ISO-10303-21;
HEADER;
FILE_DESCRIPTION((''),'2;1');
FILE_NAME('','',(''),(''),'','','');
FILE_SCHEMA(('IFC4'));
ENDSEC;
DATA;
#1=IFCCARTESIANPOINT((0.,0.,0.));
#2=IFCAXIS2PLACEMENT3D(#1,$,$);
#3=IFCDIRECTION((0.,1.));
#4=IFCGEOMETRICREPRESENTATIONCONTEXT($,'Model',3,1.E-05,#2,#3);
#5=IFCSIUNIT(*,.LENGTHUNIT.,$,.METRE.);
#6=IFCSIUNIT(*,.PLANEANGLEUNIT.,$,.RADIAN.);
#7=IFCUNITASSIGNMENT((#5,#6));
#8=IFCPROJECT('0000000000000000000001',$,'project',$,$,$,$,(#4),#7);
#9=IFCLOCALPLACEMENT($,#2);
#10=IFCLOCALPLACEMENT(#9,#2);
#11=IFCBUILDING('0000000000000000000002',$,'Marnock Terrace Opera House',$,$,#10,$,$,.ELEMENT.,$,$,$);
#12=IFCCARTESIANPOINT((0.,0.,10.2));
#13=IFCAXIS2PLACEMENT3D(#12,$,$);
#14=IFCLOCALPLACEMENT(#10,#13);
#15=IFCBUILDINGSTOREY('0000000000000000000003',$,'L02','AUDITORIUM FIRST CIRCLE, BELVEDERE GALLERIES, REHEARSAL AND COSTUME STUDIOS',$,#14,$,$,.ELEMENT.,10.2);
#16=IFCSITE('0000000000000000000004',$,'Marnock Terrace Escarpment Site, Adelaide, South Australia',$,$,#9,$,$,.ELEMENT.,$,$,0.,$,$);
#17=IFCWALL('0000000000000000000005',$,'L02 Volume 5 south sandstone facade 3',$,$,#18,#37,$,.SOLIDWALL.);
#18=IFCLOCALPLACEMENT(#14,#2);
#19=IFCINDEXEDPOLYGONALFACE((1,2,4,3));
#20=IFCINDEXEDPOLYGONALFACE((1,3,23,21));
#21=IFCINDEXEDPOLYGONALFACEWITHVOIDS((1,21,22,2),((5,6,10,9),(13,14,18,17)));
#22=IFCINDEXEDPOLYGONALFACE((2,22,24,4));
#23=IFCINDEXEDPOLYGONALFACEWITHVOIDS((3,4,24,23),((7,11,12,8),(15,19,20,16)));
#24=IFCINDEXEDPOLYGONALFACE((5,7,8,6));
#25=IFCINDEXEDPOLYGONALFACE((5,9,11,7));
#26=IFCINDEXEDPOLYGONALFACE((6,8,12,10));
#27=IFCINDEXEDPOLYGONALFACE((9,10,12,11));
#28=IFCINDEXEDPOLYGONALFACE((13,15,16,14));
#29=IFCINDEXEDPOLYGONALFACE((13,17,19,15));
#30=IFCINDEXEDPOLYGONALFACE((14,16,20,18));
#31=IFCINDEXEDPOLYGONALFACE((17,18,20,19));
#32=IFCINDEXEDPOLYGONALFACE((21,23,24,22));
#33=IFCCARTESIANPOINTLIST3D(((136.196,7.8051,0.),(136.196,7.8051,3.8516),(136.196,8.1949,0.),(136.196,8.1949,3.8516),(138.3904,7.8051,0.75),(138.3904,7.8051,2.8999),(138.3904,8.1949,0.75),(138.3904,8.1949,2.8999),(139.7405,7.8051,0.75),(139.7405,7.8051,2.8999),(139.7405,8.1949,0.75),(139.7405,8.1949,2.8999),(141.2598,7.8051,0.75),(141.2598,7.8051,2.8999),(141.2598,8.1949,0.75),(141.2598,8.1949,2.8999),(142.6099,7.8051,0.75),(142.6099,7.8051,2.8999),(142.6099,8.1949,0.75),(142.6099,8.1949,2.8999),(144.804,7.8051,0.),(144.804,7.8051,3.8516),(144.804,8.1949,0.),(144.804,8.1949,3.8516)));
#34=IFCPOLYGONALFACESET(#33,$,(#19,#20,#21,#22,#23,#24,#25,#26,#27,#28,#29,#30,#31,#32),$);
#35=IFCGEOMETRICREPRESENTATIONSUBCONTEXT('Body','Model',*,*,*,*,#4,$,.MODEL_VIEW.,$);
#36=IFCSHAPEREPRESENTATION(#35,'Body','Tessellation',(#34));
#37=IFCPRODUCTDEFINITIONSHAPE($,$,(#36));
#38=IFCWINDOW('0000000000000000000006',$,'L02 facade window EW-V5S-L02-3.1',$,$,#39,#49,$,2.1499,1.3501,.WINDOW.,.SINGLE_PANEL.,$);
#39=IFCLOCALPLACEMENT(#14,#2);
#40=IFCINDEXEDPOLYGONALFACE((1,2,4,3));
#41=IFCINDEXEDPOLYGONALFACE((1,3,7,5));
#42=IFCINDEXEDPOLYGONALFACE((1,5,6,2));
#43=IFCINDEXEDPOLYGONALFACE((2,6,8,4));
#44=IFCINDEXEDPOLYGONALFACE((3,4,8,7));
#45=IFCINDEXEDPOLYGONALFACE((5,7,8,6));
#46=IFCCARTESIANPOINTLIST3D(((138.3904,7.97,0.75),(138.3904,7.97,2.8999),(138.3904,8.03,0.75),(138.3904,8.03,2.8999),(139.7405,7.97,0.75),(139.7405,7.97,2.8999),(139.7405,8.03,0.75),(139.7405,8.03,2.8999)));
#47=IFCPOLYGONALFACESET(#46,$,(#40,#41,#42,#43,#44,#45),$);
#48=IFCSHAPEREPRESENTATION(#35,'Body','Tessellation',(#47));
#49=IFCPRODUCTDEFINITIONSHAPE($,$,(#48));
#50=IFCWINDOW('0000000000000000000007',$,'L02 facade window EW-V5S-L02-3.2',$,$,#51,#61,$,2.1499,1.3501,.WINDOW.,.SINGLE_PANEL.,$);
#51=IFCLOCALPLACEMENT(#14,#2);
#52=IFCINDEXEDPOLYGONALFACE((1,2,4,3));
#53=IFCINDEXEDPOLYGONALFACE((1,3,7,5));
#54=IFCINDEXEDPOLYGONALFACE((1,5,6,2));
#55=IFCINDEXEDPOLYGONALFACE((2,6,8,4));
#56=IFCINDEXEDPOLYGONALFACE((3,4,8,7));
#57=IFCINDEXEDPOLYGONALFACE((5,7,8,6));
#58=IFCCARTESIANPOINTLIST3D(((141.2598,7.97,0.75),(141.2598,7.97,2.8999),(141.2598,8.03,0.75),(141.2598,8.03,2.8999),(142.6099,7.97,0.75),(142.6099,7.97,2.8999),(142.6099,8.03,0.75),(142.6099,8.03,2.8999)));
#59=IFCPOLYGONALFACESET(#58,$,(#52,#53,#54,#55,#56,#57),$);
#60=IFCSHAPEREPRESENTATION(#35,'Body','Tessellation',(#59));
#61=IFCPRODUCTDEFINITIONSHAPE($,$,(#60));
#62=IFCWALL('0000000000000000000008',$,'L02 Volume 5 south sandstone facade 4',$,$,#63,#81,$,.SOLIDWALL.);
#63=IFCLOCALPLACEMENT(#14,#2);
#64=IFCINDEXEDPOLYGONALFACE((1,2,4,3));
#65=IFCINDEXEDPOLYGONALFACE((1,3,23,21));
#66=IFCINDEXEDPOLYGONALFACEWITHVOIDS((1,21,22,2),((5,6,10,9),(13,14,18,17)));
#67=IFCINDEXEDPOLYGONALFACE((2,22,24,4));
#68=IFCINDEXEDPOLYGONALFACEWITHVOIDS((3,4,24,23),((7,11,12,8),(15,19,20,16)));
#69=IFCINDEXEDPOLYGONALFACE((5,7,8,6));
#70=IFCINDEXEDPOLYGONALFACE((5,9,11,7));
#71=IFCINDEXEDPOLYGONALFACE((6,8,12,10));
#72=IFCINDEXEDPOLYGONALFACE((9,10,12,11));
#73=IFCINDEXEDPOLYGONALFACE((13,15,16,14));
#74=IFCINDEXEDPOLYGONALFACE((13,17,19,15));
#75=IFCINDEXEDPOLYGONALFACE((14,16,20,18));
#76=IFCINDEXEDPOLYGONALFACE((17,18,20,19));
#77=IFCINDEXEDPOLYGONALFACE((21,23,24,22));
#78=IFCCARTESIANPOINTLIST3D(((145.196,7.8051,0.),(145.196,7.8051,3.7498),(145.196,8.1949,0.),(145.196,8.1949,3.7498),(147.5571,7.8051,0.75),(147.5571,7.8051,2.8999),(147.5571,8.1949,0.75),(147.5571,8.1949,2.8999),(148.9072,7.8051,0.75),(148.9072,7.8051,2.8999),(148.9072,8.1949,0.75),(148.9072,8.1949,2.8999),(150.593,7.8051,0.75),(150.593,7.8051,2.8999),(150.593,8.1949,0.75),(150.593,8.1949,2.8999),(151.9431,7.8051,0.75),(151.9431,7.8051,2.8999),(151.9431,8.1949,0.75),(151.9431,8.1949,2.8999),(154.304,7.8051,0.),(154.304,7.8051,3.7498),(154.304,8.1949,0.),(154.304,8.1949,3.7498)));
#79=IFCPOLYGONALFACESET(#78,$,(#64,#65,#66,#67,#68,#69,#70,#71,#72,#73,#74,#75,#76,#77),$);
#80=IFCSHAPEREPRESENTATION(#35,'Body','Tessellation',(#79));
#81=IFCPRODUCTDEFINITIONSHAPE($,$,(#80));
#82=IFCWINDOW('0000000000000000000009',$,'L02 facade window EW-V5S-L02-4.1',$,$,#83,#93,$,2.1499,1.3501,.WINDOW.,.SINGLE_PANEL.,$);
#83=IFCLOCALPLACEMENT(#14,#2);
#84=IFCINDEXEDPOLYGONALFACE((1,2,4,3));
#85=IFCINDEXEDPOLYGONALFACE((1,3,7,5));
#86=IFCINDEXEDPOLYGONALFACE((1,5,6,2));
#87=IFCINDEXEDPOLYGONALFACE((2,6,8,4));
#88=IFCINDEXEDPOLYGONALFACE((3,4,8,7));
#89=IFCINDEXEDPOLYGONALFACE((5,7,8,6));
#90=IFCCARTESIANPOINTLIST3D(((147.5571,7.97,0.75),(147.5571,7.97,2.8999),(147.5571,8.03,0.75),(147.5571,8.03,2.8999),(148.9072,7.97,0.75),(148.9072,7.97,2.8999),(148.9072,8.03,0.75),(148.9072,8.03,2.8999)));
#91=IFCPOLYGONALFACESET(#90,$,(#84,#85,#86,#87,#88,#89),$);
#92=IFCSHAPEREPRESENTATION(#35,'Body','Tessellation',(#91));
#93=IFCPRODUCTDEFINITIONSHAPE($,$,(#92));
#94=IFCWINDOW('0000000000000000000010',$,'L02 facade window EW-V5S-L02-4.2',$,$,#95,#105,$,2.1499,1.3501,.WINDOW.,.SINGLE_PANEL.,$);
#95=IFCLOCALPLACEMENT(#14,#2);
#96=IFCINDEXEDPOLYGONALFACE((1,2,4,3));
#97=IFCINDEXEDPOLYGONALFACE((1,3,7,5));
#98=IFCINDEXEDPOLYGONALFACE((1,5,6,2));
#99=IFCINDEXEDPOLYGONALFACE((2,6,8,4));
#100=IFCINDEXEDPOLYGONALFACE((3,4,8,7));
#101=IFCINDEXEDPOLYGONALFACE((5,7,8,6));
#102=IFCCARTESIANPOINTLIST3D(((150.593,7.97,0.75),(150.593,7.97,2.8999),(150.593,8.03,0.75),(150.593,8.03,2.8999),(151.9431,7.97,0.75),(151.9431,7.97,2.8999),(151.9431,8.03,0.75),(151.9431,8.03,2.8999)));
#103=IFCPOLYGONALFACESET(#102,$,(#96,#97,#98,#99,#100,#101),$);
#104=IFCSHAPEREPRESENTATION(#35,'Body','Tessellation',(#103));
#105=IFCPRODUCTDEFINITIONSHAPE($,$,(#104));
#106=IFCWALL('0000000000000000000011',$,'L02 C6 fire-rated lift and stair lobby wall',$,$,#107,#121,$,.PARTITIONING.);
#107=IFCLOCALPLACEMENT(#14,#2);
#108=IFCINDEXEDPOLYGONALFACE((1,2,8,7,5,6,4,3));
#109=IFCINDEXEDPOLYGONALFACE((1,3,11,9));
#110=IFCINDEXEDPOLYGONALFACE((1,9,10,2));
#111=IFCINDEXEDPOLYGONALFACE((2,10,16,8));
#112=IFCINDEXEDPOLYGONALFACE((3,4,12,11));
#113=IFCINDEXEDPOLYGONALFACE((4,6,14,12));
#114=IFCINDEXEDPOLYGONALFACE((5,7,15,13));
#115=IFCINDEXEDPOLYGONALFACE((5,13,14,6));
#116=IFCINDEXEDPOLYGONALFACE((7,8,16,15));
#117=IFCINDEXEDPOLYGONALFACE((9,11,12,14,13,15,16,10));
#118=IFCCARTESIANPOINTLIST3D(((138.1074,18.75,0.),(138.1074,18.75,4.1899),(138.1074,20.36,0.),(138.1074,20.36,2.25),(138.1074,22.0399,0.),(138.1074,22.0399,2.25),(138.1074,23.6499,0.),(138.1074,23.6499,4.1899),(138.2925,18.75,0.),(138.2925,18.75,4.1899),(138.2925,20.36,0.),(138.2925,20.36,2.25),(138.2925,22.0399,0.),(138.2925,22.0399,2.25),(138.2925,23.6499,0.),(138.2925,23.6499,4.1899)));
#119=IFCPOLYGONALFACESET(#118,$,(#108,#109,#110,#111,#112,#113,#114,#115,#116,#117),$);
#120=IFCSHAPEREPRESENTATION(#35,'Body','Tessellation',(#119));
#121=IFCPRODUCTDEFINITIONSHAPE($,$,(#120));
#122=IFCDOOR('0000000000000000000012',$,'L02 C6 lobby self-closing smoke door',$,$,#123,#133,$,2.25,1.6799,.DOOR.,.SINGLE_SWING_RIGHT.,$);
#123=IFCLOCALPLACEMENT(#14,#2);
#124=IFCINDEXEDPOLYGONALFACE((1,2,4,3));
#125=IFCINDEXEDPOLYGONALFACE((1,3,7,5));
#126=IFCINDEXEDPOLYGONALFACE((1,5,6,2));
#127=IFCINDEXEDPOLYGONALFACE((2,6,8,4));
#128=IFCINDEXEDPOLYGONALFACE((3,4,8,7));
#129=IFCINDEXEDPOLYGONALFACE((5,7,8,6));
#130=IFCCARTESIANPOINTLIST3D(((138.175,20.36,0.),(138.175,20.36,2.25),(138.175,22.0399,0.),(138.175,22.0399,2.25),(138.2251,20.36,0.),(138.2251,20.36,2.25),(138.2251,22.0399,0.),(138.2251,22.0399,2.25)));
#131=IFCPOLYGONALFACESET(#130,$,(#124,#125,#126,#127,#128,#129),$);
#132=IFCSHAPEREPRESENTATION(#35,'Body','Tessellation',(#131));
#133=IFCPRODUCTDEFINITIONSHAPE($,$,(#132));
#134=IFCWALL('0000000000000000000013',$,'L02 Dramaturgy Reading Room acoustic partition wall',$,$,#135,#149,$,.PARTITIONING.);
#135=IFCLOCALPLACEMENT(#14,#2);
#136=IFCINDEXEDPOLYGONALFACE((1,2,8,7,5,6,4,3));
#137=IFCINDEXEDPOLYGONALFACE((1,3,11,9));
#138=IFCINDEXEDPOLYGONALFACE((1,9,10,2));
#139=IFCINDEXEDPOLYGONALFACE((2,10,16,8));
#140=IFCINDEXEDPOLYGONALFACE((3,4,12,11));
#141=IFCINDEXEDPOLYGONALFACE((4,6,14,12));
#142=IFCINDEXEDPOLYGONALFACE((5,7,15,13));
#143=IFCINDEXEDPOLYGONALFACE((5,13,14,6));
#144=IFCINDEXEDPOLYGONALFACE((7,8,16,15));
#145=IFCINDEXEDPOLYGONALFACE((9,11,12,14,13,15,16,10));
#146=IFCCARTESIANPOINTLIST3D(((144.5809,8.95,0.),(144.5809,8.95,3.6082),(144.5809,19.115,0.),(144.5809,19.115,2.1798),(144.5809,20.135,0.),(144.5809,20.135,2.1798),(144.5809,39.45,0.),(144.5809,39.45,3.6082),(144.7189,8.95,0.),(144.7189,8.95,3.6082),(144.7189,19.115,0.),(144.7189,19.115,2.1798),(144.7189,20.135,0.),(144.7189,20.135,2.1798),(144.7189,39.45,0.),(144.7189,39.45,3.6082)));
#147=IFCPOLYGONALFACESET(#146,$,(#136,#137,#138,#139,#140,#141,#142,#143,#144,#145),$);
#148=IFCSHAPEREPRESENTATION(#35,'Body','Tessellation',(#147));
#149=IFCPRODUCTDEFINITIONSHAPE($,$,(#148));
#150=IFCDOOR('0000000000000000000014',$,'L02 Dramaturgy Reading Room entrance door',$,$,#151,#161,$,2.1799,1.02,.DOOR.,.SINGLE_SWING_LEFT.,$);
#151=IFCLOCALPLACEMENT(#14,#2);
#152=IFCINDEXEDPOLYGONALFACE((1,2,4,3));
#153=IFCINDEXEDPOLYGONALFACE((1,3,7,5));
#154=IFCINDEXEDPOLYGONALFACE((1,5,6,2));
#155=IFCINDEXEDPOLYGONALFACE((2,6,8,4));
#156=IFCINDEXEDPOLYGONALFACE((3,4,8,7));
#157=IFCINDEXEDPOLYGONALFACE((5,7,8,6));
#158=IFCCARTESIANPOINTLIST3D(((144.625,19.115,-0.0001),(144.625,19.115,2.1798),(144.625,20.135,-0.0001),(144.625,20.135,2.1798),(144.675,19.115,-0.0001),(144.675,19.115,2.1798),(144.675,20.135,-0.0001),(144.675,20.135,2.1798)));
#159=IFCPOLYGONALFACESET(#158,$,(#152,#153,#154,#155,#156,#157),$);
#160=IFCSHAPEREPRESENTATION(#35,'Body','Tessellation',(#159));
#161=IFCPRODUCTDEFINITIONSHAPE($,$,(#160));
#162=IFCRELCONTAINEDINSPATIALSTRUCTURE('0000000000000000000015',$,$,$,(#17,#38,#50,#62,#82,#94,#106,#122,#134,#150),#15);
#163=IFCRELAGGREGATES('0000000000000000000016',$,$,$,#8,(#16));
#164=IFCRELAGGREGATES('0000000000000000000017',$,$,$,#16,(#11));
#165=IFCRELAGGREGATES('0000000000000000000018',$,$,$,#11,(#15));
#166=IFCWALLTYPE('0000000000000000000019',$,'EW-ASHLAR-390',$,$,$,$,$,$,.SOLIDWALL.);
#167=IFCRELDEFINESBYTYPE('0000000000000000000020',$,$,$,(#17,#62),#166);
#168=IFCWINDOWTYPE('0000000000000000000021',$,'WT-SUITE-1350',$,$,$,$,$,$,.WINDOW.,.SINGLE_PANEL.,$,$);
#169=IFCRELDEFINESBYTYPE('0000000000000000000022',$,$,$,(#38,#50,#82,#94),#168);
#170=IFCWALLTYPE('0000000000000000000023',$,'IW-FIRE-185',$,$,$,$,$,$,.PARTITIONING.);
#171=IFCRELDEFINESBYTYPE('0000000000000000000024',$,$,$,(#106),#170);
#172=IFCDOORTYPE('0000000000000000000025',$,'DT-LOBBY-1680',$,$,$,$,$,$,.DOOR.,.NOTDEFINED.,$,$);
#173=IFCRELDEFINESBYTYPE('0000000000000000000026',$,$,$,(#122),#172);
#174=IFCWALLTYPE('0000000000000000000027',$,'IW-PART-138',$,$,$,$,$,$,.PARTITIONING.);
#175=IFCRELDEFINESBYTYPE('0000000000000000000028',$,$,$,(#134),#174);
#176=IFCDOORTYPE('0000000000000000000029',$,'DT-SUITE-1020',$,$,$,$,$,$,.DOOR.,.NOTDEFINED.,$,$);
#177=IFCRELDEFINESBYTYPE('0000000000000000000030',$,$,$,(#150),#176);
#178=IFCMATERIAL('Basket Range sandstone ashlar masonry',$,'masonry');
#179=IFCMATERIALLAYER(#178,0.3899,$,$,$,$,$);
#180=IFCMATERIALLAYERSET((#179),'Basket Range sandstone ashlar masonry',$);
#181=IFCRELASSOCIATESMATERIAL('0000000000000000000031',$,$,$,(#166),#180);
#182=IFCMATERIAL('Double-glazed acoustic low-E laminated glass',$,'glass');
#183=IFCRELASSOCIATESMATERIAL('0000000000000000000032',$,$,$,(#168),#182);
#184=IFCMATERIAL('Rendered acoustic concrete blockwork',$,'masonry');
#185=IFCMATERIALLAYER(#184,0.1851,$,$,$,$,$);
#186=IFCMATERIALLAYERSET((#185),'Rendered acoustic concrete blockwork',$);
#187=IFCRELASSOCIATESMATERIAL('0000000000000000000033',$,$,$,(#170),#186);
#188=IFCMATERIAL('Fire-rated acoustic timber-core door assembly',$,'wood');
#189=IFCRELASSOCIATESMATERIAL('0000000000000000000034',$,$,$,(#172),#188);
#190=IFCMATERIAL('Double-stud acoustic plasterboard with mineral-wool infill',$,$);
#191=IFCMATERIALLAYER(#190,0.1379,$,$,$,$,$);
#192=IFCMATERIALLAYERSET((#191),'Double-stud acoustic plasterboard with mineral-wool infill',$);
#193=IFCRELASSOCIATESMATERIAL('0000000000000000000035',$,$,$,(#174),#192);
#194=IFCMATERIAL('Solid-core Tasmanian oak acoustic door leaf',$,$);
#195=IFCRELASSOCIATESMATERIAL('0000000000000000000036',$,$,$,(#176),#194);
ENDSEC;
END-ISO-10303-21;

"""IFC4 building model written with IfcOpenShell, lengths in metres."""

from ifc_helpers import new_model, si_unit, direction, frame, frame_2d, origin, place, context, subcontext, project, spatial, rectangle, extrude, material, layer, layer_set, type_object, element, fill, save


model = new_model("IFC4")

# Units and contexts
model_context = context("Model", 3, precision=1e-05, world=origin(), true_north=direction((0.0, 1.0)))
body_context = subcontext(model_context, "Body", "Model", "MODEL_VIEW")
ifc_project = project(units=[si_unit("LENGTHUNIT", "METRE"), si_unit("PLANEANGLEUNIT", "RADIAN")], contexts=[model_context])

# Site, building, storey
site_placement = place(None, origin())
site = spatial("IfcSite", under=ifc_project, at=site_placement, Name="Marnock Terrace Escarpment Site, Adelaide, South Australia", CompositionType="ELEMENT", RefElevation=0.0)
building_placement = place(site_placement, origin())
building = spatial("IfcBuilding", under=site, at=building_placement, Name="Marnock Terrace Opera House", CompositionType="ELEMENT")
storey_placement = place(building_placement, frame((0.0, 0.0, 10.2)))
storey = spatial("IfcBuildingStorey", under=building, at=storey_placement, Name="L02", Description="AUDITORIUM FIRST CIRCLE, BELVEDERE GALLERIES, REHEARSAL AND COSTUME STUDIOS", CompositionType="ELEMENT", Elevation=10.2)

# Walls, openings, windows
ifc_material_1 = material(Name="Basket Range sandstone ashlar masonry", Category="masonry")
ifc_layer_1 = layer(ifc_material_1, 0.3899)
ifc_layer_set_1 = layer_set([ifc_layer_1], Name="Basket Range sandstone ashlar masonry")
wall_type_1 = type_object("IfcWallType", Name="EW-ASHLAR-390", PredefinedType="SOLIDWALL", material=ifc_layer_set_1)
wall_1_placement = place(storey_placement, frame((136.196, 8.0, 0.0), z_axis=(0.0, 0.0, 1.0), x_axis=(1.0, 0.0, 0.0)))
wall_1 = element("IfcWall", 1, at=wall_1_placement, inside=storey, type_object=wall_type_1, Name="L02 Volume 5 south sandstone facade 3", PredefinedType="SOLIDWALL", context=body_context, shape_type="SweptSolid", body=[
    extrude(rectangle(XDim=8.6079, YDim=0.3899, at=frame_2d((4.304, 0.0))), origin(), (0.0, 0.0, 1.0), 3.8516),
])
opening_1_placement = place(wall_1_placement, frame((2.1943, 0.0, 0.75)))
opening_1 = element("IfcOpeningElement", 2, at=opening_1_placement, cuts=wall_1, PredefinedType="OPENING", context=body_context, shape_type="SweptSolid", body=[
    extrude(rectangle(XDim=1.3501, YDim=2.1499, at=frame_2d((0.675, 1.075))), frame((0.0, 0.2048, 0.0), z_axis=(0.0, -1.0, 0.0), x_axis=(1.0, 0.0, 0.0)), (0.0, 0.0, 1.0), 0.4099),
])
opening_2_placement = place(wall_1_placement, frame((5.0637, 0.0, 0.75)))
opening_2 = element("IfcOpeningElement", 3, at=opening_2_placement, cuts=wall_1, PredefinedType="OPENING", context=body_context, shape_type="SweptSolid", body=[
    extrude(rectangle(XDim=1.3501, YDim=2.1499, at=frame_2d((0.675, 1.075))), frame((0.0, 0.2048, 0.0), z_axis=(0.0, -1.0, 0.0), x_axis=(1.0, 0.0, 0.0)), (0.0, 0.0, 1.0), 0.4099),
])
ifc_material_2 = material(Name="Double-glazed acoustic low-E laminated glass", Category="glass")
window_type = type_object("IfcWindowType", Name="WT-SUITE-1350", PartitioningType="SINGLE_PANEL", PredefinedType="WINDOW", material=ifc_material_2)
window_1_placement = place(opening_1_placement, origin())
window_1 = element("IfcWindow", 4, at=window_1_placement, inside=storey, type_object=window_type, Name="L02 facade window EW-V5S-L02-3.1", OverallHeight=2.1499, OverallWidth=1.3501, PartitioningType="SINGLE_PANEL", PredefinedType="WINDOW", context=body_context, shape_type="SweptSolid", body=[
    extrude(rectangle(XDim=1.3501, YDim=2.1499, at=frame_2d((0.675, 1.075))), frame((0.0, 0.03, 0.0), z_axis=(0.0, -1.0, 0.0), x_axis=(1.0, 0.0, 0.0)), (0.0, 0.0, 1.0), 0.0601),
])
fill(opening_1, window_1)
window_2_placement = place(opening_2_placement, origin())
window_2 = element("IfcWindow", 5, at=window_2_placement, inside=storey, type_object=window_type, Name="L02 facade window EW-V5S-L02-3.2", OverallHeight=2.1499, OverallWidth=1.3501, PartitioningType="SINGLE_PANEL", PredefinedType="WINDOW", context=body_context, shape_type="SweptSolid", body=[
    extrude(rectangle(XDim=1.3501, YDim=2.1499, at=frame_2d((0.675, 1.075))), frame((0.0, 0.03, 0.0), z_axis=(0.0, -1.0, 0.0), x_axis=(1.0, 0.0, 0.0)), (0.0, 0.0, 1.0), 0.0601),
])
fill(opening_2, window_2)
wall_2_placement = place(storey_placement, frame((145.196, 8.0, 0.0), z_axis=(0.0, 0.0, 1.0), x_axis=(1.0, 0.0, 0.0)))
wall_2 = element("IfcWall", 6, at=wall_2_placement, inside=storey, type_object=wall_type_1, Name="L02 Volume 5 south sandstone facade 4", PredefinedType="SOLIDWALL", context=body_context, shape_type="SweptSolid", body=[
    extrude(rectangle(XDim=9.1079, YDim=0.3899, at=frame_2d((4.554, 0.0))), origin(), (0.0, 0.0, 1.0), 3.7498),
])
opening_3_placement = place(wall_2_placement, frame((2.3611, 0.0, 0.75)))
opening_3 = element("IfcOpeningElement", 7, at=opening_3_placement, cuts=wall_2, PredefinedType="OPENING", context=body_context, shape_type="SweptSolid", body=[
    extrude(rectangle(XDim=1.3501, YDim=2.1499, at=frame_2d((0.675, 1.075))), frame((0.0, 0.2048, 0.0), z_axis=(0.0, -1.0, 0.0), x_axis=(1.0, 0.0, 0.0)), (0.0, 0.0, 1.0), 0.4099),
])
opening_4_placement = place(wall_2_placement, frame((5.397, 0.0, 0.75)))
opening_4 = element("IfcOpeningElement", 8, at=opening_4_placement, cuts=wall_2, PredefinedType="OPENING", context=body_context, shape_type="SweptSolid", body=[
    extrude(rectangle(XDim=1.3501, YDim=2.1499, at=frame_2d((0.675, 1.075))), frame((0.0, 0.2048, 0.0), z_axis=(0.0, -1.0, 0.0), x_axis=(1.0, 0.0, 0.0)), (0.0, 0.0, 1.0), 0.4099),
])
window_3_placement = place(opening_3_placement, origin())
window_3 = element("IfcWindow", 9, at=window_3_placement, inside=storey, type_object=window_type, Name="L02 facade window EW-V5S-L02-4.1", OverallHeight=2.1499, OverallWidth=1.3501, PartitioningType="SINGLE_PANEL", PredefinedType="WINDOW", context=body_context, shape_type="SweptSolid", body=[
    extrude(rectangle(XDim=1.3501, YDim=2.1499, at=frame_2d((0.675, 1.075))), frame((0.0, 0.03, 0.0), z_axis=(0.0, -1.0, 0.0), x_axis=(1.0, 0.0, 0.0)), (0.0, 0.0, 1.0), 0.0601),
])
fill(opening_3, window_3)
window_4_placement = place(opening_4_placement, origin())
window_4 = element("IfcWindow", 10, at=window_4_placement, inside=storey, type_object=window_type, Name="L02 facade window EW-V5S-L02-4.2", OverallHeight=2.1499, OverallWidth=1.3501, PartitioningType="SINGLE_PANEL", PredefinedType="WINDOW", context=body_context, shape_type="SweptSolid", body=[
    extrude(rectangle(XDim=1.3501, YDim=2.1499, at=frame_2d((0.675, 1.075))), frame((0.0, 0.03, 0.0), z_axis=(0.0, -1.0, 0.0), x_axis=(1.0, 0.0, 0.0)), (0.0, 0.0, 1.0), 0.0601),
])
fill(opening_4, window_4)

# Walls, openings, doors
ifc_material_3 = material(Name="Rendered acoustic concrete blockwork", Category="masonry")
ifc_layer_2 = layer(ifc_material_3, 0.1851)
ifc_layer_set_2 = layer_set([ifc_layer_2], Name="Rendered acoustic concrete blockwork")
wall_type_2 = type_object("IfcWallType", Name="IW-FIRE-185", PredefinedType="PARTITIONING", material=ifc_layer_set_2)
wall_3_placement = place(storey_placement, frame((138.2, 18.75, 0.0), z_axis=(0.0, 0.0, 1.0), x_axis=(0.0, 1.0, 0.0)))
wall_3 = element("IfcWall", 11, at=wall_3_placement, inside=storey, type_object=wall_type_2, Name="L02 C6 fire-rated lift and stair lobby wall", PredefinedType="PARTITIONING", context=body_context, shape_type="SweptSolid", body=[
    extrude(rectangle(XDim=4.8999, YDim=0.1851, at=frame_2d((2.45, 0.0))), origin(), (0.0, 0.0, 1.0), 4.1899),
])
opening_5_placement = place(wall_3_placement, frame((1.6101, 0.0, 0.0)))
opening_5 = element("IfcOpeningElement", 12, at=opening_5_placement, cuts=wall_3, PredefinedType="OPENING", context=body_context, shape_type="SweptSolid", body=[
    extrude(rectangle(XDim=1.6799, YDim=2.25, at=frame_2d((0.8398, 1.125))), frame((0.0, 0.1025, 0.0), z_axis=(0.0, -1.0, 0.0), x_axis=(1.0, 0.0, 0.0)), (0.0, 0.0, 1.0), 0.2051),
])
ifc_material_4 = material(Name="Fire-rated acoustic timber-core door assembly", Category="wood")
door_type_1 = type_object("IfcDoorType", Name="DT-LOBBY-1680", OperationType="NOTDEFINED", PredefinedType="DOOR", material=ifc_material_4)
door_1_placement = place(opening_5_placement, origin())
door_1 = element("IfcDoor", 13, at=door_1_placement, inside=storey, type_object=door_type_1, Name="L02 C6 lobby self-closing smoke door", OperationType="SINGLE_SWING_RIGHT", OverallHeight=2.25, OverallWidth=1.6799, PredefinedType="DOOR", context=body_context, shape_type="SweptSolid", body=[
    extrude(rectangle(XDim=1.6799, YDim=2.25, at=frame_2d((0.8398, 1.125))), frame((0.0, 0.0249, 0.0), z_axis=(0.0, -1.0, 0.0), x_axis=(1.0, 0.0, 0.0)), (0.0, 0.0, 1.0), 0.05),
])
fill(opening_5, door_1)
ifc_material_5 = material(Name="Double-stud acoustic plasterboard with mineral-wool infill")
ifc_layer_3 = layer(ifc_material_5, 0.1379)
ifc_layer_set_3 = layer_set([ifc_layer_3], Name="Double-stud acoustic plasterboard with mineral-wool infill")
wall_type_3 = type_object("IfcWallType", Name="IW-PART-138", PredefinedType="PARTITIONING", material=ifc_layer_set_3)
wall_4_placement = place(storey_placement, frame((144.6499, 8.95, 0.0), z_axis=(0.0, 0.0, 1.0), x_axis=(0.0, 1.0, 0.0)))
wall_4 = element("IfcWall", 14, at=wall_4_placement, inside=storey, type_object=wall_type_3, Name="L02 Dramaturgy Reading Room acoustic partition wall", PredefinedType="PARTITIONING", context=body_context, shape_type="SweptSolid", body=[
    extrude(rectangle(XDim=30.5, YDim=0.1379, at=frame_2d((15.25, 0.0))), origin(), (0.0, 0.0, 1.0), 3.6082),
])
opening_6_placement = place(wall_4_placement, frame((10.165, 0.0, 0.0)))
opening_6 = element("IfcOpeningElement", 15, at=opening_6_placement, cuts=wall_4, PredefinedType="OPENING", context=body_context, shape_type="SweptSolid", body=[
    extrude(rectangle(XDim=1.02, YDim=2.1799, at=frame_2d((0.51, 1.0898))), frame((0.0, 0.0789, 0.0), z_axis=(0.0, -1.0, 0.0), x_axis=(1.0, 0.0, 0.0)), (0.0, 0.0, 1.0), 0.158),
])
ifc_material_6 = material(Name="Solid-core Tasmanian oak acoustic door leaf")
door_type_2 = type_object("IfcDoorType", Name="DT-SUITE-1020", OperationType="NOTDEFINED", PredefinedType="DOOR", material=ifc_material_6)
door_2_placement = place(opening_6_placement, origin())
door_2 = element("IfcDoor", 16, at=door_2_placement, inside=storey, type_object=door_type_2, Name="L02 Dramaturgy Reading Room entrance door", OperationType="SINGLE_SWING_LEFT", OverallHeight=2.1799, OverallWidth=1.02, PredefinedType="DOOR", context=body_context, shape_type="SweptSolid", body=[
    extrude(rectangle(XDim=1.02, YDim=2.1799, at=frame_2d((0.51, 1.0898))), frame((0.0, 0.0249, 0.0), z_axis=(0.0, -1.0, 0.0), x_axis=(1.0, 0.0, 0.0)), (0.0, 0.0, 1.0), 0.05),
])
fill(opening_6, door_2)

save(model, "model.ifc")
